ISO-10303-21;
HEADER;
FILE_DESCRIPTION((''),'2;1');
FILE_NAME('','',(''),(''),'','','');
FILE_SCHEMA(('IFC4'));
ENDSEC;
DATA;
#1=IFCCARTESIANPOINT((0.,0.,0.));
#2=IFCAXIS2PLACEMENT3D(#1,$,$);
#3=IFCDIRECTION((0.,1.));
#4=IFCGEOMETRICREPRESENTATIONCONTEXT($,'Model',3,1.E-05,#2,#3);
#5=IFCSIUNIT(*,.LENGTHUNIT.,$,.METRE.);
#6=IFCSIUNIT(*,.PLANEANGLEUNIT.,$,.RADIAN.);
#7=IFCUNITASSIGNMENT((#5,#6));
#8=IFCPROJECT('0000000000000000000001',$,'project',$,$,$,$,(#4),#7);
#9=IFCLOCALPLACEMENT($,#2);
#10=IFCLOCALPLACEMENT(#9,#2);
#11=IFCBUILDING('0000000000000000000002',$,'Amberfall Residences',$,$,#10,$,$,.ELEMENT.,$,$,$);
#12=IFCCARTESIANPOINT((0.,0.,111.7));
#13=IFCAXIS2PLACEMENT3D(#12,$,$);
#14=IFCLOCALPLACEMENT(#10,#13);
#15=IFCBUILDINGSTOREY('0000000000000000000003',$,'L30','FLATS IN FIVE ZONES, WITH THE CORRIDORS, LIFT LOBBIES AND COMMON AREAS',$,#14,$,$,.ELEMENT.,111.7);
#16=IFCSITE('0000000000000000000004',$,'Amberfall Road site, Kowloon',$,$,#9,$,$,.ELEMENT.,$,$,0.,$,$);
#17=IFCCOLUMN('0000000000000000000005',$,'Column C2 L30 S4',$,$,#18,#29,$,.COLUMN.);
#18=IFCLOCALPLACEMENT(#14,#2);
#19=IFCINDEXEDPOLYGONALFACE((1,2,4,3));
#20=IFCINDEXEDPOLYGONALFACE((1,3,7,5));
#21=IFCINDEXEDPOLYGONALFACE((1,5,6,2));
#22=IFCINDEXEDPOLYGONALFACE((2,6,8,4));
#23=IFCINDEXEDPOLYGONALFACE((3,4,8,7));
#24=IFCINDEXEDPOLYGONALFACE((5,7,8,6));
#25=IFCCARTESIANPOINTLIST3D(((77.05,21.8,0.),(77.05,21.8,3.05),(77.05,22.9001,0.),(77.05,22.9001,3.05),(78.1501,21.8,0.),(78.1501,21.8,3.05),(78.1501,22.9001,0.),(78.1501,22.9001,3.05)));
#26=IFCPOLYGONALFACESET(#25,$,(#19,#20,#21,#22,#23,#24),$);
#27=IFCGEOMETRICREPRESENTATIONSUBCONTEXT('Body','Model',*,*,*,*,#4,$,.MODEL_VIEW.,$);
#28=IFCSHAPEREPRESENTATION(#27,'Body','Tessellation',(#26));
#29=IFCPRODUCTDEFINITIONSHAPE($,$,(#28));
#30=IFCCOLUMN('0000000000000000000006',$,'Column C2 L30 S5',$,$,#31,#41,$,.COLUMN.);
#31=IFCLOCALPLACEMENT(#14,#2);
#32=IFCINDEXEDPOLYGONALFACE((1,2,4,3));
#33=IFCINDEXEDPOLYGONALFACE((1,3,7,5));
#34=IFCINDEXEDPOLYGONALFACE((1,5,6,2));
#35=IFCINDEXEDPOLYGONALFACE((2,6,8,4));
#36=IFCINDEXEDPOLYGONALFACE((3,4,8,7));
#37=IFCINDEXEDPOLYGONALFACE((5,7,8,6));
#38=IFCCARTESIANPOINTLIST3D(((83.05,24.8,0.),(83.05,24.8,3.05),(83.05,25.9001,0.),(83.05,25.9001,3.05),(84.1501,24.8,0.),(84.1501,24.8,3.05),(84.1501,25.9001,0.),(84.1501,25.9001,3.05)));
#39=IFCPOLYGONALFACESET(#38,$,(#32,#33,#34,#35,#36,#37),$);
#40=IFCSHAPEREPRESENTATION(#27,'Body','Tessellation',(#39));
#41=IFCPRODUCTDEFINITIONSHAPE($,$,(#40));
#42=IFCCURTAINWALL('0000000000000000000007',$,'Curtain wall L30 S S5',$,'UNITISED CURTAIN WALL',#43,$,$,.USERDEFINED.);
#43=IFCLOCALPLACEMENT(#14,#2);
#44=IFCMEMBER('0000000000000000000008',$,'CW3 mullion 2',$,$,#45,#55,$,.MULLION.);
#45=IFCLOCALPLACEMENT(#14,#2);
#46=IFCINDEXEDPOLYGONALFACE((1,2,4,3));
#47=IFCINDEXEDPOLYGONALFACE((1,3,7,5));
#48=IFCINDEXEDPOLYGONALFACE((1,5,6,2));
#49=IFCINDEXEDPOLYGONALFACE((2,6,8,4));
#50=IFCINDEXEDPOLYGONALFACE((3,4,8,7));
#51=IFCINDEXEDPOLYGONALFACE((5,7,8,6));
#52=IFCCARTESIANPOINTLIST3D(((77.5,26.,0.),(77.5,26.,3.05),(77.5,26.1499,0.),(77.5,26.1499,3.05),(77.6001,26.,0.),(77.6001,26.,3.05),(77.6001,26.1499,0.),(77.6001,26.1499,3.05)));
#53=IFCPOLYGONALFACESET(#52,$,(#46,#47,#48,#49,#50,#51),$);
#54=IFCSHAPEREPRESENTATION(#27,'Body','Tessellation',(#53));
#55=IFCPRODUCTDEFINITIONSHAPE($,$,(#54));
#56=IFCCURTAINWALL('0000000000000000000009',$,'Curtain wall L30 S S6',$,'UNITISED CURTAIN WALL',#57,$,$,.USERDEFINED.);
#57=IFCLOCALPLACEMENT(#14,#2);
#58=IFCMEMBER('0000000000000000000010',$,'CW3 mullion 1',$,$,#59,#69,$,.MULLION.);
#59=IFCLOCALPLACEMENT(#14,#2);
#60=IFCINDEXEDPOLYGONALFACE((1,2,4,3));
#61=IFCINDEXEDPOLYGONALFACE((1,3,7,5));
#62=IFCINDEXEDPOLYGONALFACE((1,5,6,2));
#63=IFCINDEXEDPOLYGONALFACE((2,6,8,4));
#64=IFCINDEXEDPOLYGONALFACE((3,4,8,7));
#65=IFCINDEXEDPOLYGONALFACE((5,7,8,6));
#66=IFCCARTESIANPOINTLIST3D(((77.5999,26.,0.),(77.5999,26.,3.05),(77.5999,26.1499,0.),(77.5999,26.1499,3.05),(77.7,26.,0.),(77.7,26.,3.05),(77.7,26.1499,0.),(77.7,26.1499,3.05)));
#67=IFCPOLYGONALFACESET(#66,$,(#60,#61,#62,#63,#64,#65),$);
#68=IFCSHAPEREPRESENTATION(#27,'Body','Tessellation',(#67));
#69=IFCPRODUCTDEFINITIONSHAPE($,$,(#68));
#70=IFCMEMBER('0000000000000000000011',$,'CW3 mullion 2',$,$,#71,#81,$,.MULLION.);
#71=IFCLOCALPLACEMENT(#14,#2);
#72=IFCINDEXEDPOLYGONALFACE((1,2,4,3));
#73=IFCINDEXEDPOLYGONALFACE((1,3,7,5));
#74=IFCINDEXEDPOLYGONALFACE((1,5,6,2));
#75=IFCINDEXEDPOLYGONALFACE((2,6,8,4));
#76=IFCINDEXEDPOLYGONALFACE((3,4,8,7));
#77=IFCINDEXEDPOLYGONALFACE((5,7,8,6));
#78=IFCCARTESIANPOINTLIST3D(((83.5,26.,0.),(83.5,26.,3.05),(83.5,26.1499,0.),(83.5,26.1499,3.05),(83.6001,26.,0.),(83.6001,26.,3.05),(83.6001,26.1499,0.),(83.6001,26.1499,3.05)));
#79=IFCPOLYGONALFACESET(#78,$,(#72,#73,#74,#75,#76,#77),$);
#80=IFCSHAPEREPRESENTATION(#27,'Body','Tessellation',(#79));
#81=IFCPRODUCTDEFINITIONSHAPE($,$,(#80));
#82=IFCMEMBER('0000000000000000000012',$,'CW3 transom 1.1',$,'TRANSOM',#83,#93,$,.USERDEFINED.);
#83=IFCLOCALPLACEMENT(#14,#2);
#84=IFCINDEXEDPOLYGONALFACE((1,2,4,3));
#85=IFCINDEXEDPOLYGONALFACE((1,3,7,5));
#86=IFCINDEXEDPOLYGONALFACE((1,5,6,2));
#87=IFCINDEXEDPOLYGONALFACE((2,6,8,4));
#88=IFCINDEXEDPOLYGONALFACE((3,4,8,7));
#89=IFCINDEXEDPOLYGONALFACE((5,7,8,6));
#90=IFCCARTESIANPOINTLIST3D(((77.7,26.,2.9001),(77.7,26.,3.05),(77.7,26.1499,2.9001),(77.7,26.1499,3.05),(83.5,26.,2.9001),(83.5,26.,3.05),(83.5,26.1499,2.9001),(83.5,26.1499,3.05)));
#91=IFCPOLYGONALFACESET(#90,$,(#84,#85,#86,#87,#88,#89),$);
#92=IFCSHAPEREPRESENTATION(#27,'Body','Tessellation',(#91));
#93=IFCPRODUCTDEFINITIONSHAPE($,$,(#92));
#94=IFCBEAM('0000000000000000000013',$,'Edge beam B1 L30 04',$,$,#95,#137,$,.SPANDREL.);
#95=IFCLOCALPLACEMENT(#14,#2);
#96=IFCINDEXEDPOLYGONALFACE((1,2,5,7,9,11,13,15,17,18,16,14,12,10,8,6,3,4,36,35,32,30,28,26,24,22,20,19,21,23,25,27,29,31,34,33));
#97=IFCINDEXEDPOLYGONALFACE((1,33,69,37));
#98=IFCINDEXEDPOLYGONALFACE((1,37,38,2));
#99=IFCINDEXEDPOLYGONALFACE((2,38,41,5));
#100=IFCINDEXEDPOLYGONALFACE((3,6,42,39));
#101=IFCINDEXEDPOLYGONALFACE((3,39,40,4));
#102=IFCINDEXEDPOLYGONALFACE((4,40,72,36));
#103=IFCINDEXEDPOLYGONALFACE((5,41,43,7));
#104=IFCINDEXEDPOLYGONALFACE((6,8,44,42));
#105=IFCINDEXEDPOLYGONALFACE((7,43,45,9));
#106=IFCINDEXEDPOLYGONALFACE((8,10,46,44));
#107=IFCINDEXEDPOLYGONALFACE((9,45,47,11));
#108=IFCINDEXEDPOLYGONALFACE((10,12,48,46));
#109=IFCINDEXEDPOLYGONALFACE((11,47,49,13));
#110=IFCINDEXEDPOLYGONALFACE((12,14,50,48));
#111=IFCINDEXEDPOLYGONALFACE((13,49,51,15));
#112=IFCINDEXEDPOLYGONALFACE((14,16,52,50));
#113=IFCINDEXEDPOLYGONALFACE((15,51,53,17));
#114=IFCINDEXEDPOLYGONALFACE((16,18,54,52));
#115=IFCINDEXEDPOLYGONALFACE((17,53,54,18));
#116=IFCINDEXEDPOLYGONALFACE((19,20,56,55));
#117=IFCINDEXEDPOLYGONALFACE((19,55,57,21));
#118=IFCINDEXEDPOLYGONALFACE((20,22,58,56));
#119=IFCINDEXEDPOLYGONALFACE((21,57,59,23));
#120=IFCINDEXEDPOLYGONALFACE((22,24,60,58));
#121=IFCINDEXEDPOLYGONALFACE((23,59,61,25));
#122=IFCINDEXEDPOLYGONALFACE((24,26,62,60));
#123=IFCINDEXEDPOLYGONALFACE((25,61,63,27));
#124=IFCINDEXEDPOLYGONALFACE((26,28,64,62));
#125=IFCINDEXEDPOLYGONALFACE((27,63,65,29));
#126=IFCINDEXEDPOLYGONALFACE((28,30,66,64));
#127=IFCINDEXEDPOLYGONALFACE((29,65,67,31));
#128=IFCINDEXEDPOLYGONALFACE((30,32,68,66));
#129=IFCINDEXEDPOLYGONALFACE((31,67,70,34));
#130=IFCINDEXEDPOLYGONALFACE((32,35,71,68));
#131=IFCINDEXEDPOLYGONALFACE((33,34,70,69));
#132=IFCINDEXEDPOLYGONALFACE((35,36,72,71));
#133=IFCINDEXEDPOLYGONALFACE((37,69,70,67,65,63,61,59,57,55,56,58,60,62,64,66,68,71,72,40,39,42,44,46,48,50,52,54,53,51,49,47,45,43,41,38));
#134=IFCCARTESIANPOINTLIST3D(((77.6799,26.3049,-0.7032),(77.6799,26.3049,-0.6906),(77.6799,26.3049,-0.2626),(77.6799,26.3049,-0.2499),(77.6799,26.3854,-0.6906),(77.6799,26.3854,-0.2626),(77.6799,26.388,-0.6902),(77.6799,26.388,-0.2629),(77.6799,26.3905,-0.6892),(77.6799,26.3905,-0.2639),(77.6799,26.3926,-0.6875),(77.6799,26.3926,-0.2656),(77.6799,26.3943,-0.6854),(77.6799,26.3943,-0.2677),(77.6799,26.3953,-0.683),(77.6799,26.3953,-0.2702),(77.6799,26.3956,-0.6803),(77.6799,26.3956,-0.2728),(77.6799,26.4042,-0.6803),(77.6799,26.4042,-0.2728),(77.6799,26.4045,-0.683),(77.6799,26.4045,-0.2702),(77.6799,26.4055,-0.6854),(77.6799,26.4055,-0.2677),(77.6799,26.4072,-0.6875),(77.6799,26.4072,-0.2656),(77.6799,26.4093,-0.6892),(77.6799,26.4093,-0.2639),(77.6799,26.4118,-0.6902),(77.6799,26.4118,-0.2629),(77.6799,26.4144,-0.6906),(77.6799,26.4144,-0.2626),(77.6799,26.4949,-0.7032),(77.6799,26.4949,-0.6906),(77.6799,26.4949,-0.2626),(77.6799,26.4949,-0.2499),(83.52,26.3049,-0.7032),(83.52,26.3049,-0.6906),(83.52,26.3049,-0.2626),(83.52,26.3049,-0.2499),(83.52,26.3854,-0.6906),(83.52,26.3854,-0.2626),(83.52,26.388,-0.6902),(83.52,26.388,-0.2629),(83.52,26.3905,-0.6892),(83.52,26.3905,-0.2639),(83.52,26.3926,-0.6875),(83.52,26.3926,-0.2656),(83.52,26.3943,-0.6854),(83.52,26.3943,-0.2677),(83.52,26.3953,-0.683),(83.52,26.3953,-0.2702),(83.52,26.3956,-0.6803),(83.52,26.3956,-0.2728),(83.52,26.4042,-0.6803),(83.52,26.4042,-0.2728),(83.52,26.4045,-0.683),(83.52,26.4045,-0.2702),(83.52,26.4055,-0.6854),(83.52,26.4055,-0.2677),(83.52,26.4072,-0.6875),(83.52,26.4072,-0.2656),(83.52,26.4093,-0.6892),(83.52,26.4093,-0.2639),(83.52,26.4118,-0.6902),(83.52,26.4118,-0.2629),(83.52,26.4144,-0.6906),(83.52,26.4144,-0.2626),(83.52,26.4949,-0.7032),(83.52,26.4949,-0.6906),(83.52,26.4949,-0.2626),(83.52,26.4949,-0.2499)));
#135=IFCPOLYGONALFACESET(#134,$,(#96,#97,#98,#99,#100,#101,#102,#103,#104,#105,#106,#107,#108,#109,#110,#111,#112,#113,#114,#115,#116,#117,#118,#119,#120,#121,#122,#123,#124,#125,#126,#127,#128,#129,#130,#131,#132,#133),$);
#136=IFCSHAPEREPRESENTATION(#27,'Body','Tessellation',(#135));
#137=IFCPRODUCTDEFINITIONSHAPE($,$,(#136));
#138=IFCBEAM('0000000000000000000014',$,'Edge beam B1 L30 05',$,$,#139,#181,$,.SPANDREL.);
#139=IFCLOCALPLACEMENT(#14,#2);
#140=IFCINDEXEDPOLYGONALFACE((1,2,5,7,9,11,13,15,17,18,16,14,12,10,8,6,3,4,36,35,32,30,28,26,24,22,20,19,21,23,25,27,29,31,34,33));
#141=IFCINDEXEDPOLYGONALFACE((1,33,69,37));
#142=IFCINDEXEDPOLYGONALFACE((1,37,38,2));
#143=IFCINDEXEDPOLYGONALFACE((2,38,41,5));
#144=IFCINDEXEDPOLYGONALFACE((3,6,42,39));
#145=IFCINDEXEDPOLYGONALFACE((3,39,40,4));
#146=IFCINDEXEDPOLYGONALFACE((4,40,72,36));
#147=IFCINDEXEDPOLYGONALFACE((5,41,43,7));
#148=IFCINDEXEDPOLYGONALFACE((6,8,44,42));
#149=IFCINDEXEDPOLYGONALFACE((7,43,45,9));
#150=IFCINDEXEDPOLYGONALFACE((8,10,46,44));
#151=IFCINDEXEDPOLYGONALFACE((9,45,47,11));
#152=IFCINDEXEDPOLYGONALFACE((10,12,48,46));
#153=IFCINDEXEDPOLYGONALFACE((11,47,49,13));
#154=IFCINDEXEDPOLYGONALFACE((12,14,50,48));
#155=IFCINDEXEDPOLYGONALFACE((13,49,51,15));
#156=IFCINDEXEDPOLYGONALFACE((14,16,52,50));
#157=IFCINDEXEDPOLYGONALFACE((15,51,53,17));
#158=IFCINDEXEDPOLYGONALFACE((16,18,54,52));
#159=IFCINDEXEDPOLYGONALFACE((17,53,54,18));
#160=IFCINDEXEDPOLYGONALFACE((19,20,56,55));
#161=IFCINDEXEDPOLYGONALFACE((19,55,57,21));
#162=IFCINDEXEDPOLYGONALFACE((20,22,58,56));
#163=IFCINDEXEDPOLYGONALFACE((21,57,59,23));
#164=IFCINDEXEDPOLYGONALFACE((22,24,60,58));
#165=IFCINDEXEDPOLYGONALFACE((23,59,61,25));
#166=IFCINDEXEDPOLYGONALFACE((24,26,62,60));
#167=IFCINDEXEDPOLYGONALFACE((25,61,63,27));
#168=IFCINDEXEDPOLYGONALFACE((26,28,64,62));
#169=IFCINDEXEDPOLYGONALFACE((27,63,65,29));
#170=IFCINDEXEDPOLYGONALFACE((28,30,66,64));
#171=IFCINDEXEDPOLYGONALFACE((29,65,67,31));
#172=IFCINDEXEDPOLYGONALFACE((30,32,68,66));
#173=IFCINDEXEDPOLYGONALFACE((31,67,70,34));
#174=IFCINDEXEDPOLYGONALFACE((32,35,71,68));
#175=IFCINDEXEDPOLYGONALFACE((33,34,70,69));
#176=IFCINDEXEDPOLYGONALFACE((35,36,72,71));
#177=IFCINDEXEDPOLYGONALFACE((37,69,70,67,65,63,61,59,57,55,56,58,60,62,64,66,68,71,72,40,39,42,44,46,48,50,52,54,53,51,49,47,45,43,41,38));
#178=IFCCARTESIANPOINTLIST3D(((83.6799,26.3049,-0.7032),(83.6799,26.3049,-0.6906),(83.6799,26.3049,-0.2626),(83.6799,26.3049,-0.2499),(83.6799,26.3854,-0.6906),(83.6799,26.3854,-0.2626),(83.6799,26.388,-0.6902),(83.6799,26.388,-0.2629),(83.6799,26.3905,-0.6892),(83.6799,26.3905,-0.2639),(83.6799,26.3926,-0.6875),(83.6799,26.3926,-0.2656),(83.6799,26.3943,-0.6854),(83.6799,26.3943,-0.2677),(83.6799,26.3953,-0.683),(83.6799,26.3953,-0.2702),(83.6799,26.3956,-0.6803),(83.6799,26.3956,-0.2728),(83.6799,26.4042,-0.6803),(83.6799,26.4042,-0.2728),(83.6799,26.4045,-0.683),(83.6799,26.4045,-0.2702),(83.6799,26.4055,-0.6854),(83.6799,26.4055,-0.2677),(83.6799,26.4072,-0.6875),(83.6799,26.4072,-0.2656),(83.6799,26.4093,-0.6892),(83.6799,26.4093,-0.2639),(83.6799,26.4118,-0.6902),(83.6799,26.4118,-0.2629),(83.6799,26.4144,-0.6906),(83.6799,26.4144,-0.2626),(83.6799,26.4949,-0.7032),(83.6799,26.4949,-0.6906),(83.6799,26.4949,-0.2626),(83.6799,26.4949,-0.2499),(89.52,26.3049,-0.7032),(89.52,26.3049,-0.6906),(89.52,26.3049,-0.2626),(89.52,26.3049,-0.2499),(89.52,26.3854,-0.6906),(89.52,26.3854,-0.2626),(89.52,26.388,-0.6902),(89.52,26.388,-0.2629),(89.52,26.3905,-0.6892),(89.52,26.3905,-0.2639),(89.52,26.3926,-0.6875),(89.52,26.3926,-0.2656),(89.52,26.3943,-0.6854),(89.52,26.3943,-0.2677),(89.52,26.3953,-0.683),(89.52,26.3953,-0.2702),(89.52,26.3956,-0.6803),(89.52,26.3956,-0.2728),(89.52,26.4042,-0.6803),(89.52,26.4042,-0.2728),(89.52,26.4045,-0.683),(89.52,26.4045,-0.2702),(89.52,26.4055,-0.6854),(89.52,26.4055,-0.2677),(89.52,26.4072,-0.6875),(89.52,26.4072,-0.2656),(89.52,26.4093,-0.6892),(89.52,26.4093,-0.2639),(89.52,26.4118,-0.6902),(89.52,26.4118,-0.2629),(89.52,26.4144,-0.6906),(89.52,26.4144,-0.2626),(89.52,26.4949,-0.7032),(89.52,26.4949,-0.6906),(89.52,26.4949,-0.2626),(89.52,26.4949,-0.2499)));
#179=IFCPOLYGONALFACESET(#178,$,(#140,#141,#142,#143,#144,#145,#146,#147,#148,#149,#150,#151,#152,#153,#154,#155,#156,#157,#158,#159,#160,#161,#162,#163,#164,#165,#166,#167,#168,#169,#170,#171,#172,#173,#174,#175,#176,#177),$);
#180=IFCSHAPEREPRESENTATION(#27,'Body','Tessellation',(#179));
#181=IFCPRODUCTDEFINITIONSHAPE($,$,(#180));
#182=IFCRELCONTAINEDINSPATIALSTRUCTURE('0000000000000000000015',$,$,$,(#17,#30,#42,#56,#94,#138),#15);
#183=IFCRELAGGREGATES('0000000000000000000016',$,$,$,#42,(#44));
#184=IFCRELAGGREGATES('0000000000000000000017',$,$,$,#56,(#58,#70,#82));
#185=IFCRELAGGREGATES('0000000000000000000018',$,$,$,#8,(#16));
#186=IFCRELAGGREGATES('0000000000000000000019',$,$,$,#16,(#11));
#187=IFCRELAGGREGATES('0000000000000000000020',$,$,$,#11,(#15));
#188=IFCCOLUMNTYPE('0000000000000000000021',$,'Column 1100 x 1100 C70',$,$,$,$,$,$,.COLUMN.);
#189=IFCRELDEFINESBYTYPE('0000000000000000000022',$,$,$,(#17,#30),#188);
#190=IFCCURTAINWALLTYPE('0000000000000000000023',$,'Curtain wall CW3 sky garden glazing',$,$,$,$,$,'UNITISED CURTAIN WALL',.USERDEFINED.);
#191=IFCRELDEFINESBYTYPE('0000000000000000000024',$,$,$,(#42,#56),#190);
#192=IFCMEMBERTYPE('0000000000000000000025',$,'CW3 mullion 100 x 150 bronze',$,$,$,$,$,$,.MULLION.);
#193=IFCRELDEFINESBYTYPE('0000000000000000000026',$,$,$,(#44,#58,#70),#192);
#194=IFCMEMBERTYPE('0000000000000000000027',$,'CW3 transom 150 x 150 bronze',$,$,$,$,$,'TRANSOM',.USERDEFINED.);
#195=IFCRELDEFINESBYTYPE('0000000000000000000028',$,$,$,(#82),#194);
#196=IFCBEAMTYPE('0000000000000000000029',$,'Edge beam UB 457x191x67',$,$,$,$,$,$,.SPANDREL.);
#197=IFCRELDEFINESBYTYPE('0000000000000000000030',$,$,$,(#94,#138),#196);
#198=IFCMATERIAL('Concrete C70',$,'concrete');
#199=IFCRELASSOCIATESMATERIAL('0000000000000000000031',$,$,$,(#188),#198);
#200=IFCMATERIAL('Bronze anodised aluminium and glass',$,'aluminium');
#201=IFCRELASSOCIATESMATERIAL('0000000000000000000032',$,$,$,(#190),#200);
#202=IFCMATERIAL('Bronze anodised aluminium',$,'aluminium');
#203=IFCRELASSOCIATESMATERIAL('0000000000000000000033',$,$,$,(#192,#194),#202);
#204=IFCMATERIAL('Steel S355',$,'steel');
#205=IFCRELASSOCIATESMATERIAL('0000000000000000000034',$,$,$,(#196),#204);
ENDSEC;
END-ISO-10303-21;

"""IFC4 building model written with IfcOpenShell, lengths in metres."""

from ifc_helpers import new_model, si_unit, direction, frame, origin, origin_2d, place, context, subcontext, project, spatial, rectangle, i_section, extrude, material, material_profile, profile_set, type_object, element, aggregate, save


model = new_model("IFC4")

# Units and contexts
model_context = context("Model", 3, precision=1e-05, world=origin(), true_north=direction((0.0, 1.0)))
body_context = subcontext(model_context, "Body", "Model", "MODEL_VIEW")
ifc_project = project(units=[si_unit("LENGTHUNIT", "METRE"), si_unit("PLANEANGLEUNIT", "RADIAN")], contexts=[model_context])

# Site, building, storey
site_placement = place(None, origin())
site = spatial("IfcSite", under=ifc_project, at=site_placement, Name="Amberfall Road site, Kowloon", CompositionType="ELEMENT", RefElevation=0.0)
building_placement = place(site_placement, origin())
building = spatial("IfcBuilding", under=site, at=building_placement, Name="Amberfall Residences", CompositionType="ELEMENT")
storey_placement = place(building_placement, frame((0.0, 0.0, 111.7)))
storey = spatial("IfcBuildingStorey", under=building, at=storey_placement, Name="L30", Description="FLATS IN FIVE ZONES, WITH THE CORRIDORS, LIFT LOBBIES AND COMMON AREAS", CompositionType="ELEMENT", Elevation=111.7)

# Columns
ifc_material_1 = material(Name="Concrete C70", Category="concrete")
ifc_material_profile_1 = material_profile(ifc_material_1, rectangle(XDim=1.1001, YDim=1.1001, at=origin_2d()), Name="Column 1100 x 1100 C70")
ifc_profile_set_1 = profile_set([ifc_material_profile_1], Name="Concrete C70")
column_type = type_object("IfcColumnType", Name="Column 1100 x 1100 C70", PredefinedType="COLUMN", material=ifc_profile_set_1)
for number, where, z_axis, x_axis, name in (
    (1, (77.6001, 22.3501, 0.0), (0.0, 0.0, 1.0), (1.0, 0.0, 0.0), "Column C2 L30 S4"),
    (2, (83.6001, 25.3501, 0.0), (0.0, 0.0, 1.0), (1.0, 0.0, 0.0), "Column C2 L30 S5"),
):
    element("IfcColumn", number, at=place(storey_placement, frame(where, z_axis=z_axis, x_axis=x_axis)), inside=storey, type_object=column_type, Name=name, PredefinedType="COLUMN", context=body_context, shape_type="SweptSolid", body=[
        extrude(rectangle(XDim=1.1001, YDim=1.1001, at=origin_2d()), origin(), (0.0, 0.0, 1.0), 3.05),
    ])

# Curtain wall, member
ifc_material_2 = material(Name="Bronze anodised aluminium and glass", Category="aluminium")
curtain_wall_type = type_object("IfcCurtainWallType", Name="Curtain wall CW3 sky garden glazing", ElementType="UNITISED CURTAIN WALL", PredefinedType="USERDEFINED", material=ifc_material_2)
curtain_wall_1_placement = place(storey_placement, origin())
curtain_wall_1 = element("IfcCurtainWall", 3, at=curtain_wall_1_placement, inside=storey, type_object=curtain_wall_type, Name="Curtain wall L30 S S5", ObjectType="UNITISED CURTAIN WALL", PredefinedType="USERDEFINED")
ifc_material_3 = material(Name="Bronze anodised aluminium", Category="aluminium")
ifc_material_profile_2 = material_profile(ifc_material_3, rectangle(XDim=0.1499, YDim=0.1001, at=origin_2d()), Name="CW3 mullion 100 x 150 bronze")
ifc_profile_set_2 = profile_set([ifc_material_profile_2], Name="Bronze anodised aluminium")
member_type_1 = type_object("IfcMemberType", Name="CW3 mullion 100 x 150 bronze", PredefinedType="MULLION", material=ifc_profile_set_2)
member_1_placement = place(storey_placement, frame((77.55, 26.075, 0.0), z_axis=(0.0, 0.0, 1.0), x_axis=(0.0, 1.0, 0.0)))
member_1 = element("IfcMember", 4, at=member_1_placement, type_object=member_type_1, Name="CW3 mullion 2", PredefinedType="MULLION", context=body_context, shape_type="SweptSolid", body=[
    extrude(rectangle(XDim=0.1499, YDim=0.1001, at=origin_2d()), origin(), (0.0, 0.0, 1.0), 3.05),
])

# Curtain wall, members
curtain_wall_2_placement = place(storey_placement, origin())
curtain_wall_2 = element("IfcCurtainWall", 5, at=curtain_wall_2_placement, inside=storey, type_object=curtain_wall_type, Name="Curtain wall L30 S S6", ObjectType="UNITISED CURTAIN WALL", PredefinedType="USERDEFINED")
member_2_placement = place(storey_placement, frame((77.6499, 26.075, 0.0), z_axis=(0.0, 0.0, 1.0), x_axis=(0.0, 1.0, 0.0)))
member_2 = element("IfcMember", 6, at=member_2_placement, type_object=member_type_1, Name="CW3 mullion 1", PredefinedType="MULLION", context=body_context, shape_type="SweptSolid", body=[
    extrude(rectangle(XDim=0.1499, YDim=0.1001, at=origin_2d()), origin(), (0.0, 0.0, 1.0), 3.05),
])
member_3_placement = place(storey_placement, frame((83.55, 26.075, 0.0), z_axis=(0.0, 0.0, 1.0), x_axis=(0.0, 1.0, 0.0)))
member_3 = element("IfcMember", 7, at=member_3_placement, type_object=member_type_1, Name="CW3 mullion 2", PredefinedType="MULLION", context=body_context, shape_type="SweptSolid", body=[
    extrude(rectangle(XDim=0.1499, YDim=0.1001, at=origin_2d()), origin(), (0.0, 0.0, 1.0), 3.05),
])
ifc_material_profile_3 = material_profile(ifc_material_3, rectangle(XDim=0.1499, YDim=0.1499, at=origin_2d()), Name="CW3 transom 150 x 150 bronze")
ifc_profile_set_3 = profile_set([ifc_material_profile_3], Name="Bronze anodised aluminium")
member_type_2 = type_object("IfcMemberType", Name="CW3 transom 150 x 150 bronze", ElementType="TRANSOM", PredefinedType="USERDEFINED", material=ifc_profile_set_3)
member_4_placement = place(storey_placement, frame((77.7, 26.075, 2.9751), z_axis=(1.0, 0.0, 0.0), x_axis=(0.0, 1.0, 0.0)))
member_4 = element("IfcMember", 8, at=member_4_placement, type_object=member_type_2, Name="CW3 transom 1.1", ObjectType="TRANSOM", PredefinedType="USERDEFINED", context=body_context, shape_type="SweptSolid", body=[
    extrude(rectangle(XDim=0.1499, YDim=0.1499, at=origin_2d()), origin(), (0.0, 0.0, 1.0), 5.8),
])

# Beams
ifc_material_4 = material(Name="Steel S355", Category="steel")
ifc_material_profile_4 = material_profile(ifc_material_4, i_section(OverallWidth=0.1899, OverallDepth=0.4534, WebThickness=0.0085, FlangeThickness=0.0127, FilletRadius=0.0103, at=origin_2d()), Name="UB 457x191x67")
ifc_profile_set_4 = profile_set([ifc_material_profile_4], Name="Steel S355")
beam_type_1 = type_object("IfcBeamType", Name="Edge beam UB 457x191x67", PredefinedType="SPANDREL", material=ifc_profile_set_4)
for number, where, z_axis, x_axis, name in (
    (9, (77.6799, 26.3999, -0.4766), (1.0, 0.0, 0.0), (0.0, 1.0, 0.0), "Edge beam B1 L30 04"),
    (10, (83.6799, 26.3999, -0.4766), (1.0, 0.0, 0.0), (0.0, 1.0, 0.0), "Edge beam B1 L30 05"),
):
    element("IfcBeam", number, at=place(storey_placement, frame(where, z_axis=z_axis, x_axis=x_axis)), inside=storey, type_object=beam_type_1, Name=name, PredefinedType="SPANDREL", context=body_context, shape_type="SweptSolid", body=[
        extrude(i_section(OverallWidth=0.1899, OverallDepth=0.4534, WebThickness=0.0085, FlangeThickness=0.0127, FilletRadius=0.0103, at=origin_2d()), origin(), (0.0, 0.0, 1.0), 5.8401),
    ])

aggregate(curtain_wall_1, [member_1])
aggregate(curtain_wall_2, [member_2, member_3, member_4])

save(model, "model.ifc")
